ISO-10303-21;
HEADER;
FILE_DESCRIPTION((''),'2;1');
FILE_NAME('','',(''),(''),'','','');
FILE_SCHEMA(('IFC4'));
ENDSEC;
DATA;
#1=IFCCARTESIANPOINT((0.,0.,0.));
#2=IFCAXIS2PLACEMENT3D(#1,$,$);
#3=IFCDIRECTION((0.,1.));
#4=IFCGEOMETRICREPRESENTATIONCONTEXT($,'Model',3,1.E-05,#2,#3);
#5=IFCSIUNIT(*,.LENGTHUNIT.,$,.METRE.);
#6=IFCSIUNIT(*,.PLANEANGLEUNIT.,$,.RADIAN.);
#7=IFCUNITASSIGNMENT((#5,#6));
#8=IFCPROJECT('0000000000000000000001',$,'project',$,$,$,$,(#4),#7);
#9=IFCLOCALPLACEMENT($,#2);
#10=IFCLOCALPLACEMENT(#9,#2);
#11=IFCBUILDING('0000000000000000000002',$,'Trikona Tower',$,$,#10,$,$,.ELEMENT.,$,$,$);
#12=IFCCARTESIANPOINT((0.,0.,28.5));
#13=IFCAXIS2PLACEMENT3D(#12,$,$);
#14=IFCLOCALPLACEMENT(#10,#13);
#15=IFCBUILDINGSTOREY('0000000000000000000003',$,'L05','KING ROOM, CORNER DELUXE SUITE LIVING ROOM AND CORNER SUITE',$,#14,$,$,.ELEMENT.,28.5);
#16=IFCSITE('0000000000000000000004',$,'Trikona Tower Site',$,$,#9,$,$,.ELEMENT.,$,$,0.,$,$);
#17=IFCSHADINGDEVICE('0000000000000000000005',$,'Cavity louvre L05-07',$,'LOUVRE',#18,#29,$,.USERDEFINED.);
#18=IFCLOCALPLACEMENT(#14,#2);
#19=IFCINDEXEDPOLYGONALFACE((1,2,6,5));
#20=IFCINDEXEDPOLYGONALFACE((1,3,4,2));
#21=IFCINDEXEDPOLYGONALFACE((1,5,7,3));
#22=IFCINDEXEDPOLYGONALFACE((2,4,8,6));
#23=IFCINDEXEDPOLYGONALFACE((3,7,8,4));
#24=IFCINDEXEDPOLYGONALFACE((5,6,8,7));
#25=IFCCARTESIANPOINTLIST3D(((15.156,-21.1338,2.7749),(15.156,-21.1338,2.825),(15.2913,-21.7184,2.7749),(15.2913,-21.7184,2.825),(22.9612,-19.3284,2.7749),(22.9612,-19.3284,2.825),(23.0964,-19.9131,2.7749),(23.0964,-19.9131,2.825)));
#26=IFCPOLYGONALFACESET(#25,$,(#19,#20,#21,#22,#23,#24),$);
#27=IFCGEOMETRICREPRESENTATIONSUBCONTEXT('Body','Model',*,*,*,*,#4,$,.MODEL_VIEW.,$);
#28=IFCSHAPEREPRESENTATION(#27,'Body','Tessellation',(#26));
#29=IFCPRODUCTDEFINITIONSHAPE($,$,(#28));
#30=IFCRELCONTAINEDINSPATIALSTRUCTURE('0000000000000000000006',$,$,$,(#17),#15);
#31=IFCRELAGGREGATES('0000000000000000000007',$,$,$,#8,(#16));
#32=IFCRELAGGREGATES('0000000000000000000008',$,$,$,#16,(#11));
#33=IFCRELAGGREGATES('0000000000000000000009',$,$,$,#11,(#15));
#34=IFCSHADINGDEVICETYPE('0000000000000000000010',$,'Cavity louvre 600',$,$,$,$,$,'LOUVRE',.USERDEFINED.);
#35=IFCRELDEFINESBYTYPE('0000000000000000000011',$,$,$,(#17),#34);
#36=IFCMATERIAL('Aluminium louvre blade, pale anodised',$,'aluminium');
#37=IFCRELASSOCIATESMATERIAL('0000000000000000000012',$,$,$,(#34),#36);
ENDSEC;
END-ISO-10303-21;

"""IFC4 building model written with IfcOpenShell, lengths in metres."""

from ifc_helpers import new_model, si_unit, direction, frame, origin, origin_2d, place, context, subcontext, project, spatial, rectangle, extrude, material, type_object, element, save


model = new_model("IFC4")

# Units and contexts
model_context = context("Model", 3, precision=1e-05, world=origin(), true_north=direction((0.0, 1.0)))
body_context = subcontext(model_context, "Body", "Model", "MODEL_VIEW")
ifc_project = project(units=[si_unit("LENGTHUNIT", "METRE"), si_unit("PLANEANGLEUNIT", "RADIAN")], contexts=[model_context])

# Site, building, storey
site_placement = place(None, origin())
site = spatial("IfcSite", under=ifc_project, at=site_placement, Name="Trikona Tower Site", CompositionType="ELEMENT", RefElevation=0.0)
building_placement = place(site_placement, origin())
building = spatial("IfcBuilding", under=site, at=building_placement, Name="Trikona Tower", CompositionType="ELEMENT")
storey_placement = place(building_placement, frame((0.0, 0.0, 28.5)))
storey = spatial("IfcBuildingStorey", under=building, at=storey_placement, Name="L05", Description="KING ROOM, CORNER DELUXE SUITE LIVING ROOM AND CORNER SUITE", CompositionType="ELEMENT", Elevation=28.5)

# Shading device
ifc_material_1 = material(Name="Aluminium louvre blade, pale anodised", Category="aluminium")
shading_device_type = type_object("IfcShadingDeviceType", Name="Cavity louvre 600", ElementType="LOUVRE", PredefinedType="USERDEFINED", material=ifc_material_1)
shading_device_placement = place(storey_placement, frame((19.1262, -20.5234, 2.7749), z_axis=(0.0, 0.0, 1.0), x_axis=(0.974278, 0.225351, 0.0)))
element("IfcShadingDevice", 1, at=shading_device_placement, inside=storey, type_object=shading_device_type, Name="Cavity louvre L05-07", ObjectType="LOUVRE", PredefinedType="USERDEFINED", context=body_context, shape_type="SweptSolid", body=[
    extrude(rectangle(XDim=8.0112, YDim=0.6001, at=origin_2d()), origin(), (0.0, 0.0, 1.0), 0.05),
])

save(model, "model.ifc")
